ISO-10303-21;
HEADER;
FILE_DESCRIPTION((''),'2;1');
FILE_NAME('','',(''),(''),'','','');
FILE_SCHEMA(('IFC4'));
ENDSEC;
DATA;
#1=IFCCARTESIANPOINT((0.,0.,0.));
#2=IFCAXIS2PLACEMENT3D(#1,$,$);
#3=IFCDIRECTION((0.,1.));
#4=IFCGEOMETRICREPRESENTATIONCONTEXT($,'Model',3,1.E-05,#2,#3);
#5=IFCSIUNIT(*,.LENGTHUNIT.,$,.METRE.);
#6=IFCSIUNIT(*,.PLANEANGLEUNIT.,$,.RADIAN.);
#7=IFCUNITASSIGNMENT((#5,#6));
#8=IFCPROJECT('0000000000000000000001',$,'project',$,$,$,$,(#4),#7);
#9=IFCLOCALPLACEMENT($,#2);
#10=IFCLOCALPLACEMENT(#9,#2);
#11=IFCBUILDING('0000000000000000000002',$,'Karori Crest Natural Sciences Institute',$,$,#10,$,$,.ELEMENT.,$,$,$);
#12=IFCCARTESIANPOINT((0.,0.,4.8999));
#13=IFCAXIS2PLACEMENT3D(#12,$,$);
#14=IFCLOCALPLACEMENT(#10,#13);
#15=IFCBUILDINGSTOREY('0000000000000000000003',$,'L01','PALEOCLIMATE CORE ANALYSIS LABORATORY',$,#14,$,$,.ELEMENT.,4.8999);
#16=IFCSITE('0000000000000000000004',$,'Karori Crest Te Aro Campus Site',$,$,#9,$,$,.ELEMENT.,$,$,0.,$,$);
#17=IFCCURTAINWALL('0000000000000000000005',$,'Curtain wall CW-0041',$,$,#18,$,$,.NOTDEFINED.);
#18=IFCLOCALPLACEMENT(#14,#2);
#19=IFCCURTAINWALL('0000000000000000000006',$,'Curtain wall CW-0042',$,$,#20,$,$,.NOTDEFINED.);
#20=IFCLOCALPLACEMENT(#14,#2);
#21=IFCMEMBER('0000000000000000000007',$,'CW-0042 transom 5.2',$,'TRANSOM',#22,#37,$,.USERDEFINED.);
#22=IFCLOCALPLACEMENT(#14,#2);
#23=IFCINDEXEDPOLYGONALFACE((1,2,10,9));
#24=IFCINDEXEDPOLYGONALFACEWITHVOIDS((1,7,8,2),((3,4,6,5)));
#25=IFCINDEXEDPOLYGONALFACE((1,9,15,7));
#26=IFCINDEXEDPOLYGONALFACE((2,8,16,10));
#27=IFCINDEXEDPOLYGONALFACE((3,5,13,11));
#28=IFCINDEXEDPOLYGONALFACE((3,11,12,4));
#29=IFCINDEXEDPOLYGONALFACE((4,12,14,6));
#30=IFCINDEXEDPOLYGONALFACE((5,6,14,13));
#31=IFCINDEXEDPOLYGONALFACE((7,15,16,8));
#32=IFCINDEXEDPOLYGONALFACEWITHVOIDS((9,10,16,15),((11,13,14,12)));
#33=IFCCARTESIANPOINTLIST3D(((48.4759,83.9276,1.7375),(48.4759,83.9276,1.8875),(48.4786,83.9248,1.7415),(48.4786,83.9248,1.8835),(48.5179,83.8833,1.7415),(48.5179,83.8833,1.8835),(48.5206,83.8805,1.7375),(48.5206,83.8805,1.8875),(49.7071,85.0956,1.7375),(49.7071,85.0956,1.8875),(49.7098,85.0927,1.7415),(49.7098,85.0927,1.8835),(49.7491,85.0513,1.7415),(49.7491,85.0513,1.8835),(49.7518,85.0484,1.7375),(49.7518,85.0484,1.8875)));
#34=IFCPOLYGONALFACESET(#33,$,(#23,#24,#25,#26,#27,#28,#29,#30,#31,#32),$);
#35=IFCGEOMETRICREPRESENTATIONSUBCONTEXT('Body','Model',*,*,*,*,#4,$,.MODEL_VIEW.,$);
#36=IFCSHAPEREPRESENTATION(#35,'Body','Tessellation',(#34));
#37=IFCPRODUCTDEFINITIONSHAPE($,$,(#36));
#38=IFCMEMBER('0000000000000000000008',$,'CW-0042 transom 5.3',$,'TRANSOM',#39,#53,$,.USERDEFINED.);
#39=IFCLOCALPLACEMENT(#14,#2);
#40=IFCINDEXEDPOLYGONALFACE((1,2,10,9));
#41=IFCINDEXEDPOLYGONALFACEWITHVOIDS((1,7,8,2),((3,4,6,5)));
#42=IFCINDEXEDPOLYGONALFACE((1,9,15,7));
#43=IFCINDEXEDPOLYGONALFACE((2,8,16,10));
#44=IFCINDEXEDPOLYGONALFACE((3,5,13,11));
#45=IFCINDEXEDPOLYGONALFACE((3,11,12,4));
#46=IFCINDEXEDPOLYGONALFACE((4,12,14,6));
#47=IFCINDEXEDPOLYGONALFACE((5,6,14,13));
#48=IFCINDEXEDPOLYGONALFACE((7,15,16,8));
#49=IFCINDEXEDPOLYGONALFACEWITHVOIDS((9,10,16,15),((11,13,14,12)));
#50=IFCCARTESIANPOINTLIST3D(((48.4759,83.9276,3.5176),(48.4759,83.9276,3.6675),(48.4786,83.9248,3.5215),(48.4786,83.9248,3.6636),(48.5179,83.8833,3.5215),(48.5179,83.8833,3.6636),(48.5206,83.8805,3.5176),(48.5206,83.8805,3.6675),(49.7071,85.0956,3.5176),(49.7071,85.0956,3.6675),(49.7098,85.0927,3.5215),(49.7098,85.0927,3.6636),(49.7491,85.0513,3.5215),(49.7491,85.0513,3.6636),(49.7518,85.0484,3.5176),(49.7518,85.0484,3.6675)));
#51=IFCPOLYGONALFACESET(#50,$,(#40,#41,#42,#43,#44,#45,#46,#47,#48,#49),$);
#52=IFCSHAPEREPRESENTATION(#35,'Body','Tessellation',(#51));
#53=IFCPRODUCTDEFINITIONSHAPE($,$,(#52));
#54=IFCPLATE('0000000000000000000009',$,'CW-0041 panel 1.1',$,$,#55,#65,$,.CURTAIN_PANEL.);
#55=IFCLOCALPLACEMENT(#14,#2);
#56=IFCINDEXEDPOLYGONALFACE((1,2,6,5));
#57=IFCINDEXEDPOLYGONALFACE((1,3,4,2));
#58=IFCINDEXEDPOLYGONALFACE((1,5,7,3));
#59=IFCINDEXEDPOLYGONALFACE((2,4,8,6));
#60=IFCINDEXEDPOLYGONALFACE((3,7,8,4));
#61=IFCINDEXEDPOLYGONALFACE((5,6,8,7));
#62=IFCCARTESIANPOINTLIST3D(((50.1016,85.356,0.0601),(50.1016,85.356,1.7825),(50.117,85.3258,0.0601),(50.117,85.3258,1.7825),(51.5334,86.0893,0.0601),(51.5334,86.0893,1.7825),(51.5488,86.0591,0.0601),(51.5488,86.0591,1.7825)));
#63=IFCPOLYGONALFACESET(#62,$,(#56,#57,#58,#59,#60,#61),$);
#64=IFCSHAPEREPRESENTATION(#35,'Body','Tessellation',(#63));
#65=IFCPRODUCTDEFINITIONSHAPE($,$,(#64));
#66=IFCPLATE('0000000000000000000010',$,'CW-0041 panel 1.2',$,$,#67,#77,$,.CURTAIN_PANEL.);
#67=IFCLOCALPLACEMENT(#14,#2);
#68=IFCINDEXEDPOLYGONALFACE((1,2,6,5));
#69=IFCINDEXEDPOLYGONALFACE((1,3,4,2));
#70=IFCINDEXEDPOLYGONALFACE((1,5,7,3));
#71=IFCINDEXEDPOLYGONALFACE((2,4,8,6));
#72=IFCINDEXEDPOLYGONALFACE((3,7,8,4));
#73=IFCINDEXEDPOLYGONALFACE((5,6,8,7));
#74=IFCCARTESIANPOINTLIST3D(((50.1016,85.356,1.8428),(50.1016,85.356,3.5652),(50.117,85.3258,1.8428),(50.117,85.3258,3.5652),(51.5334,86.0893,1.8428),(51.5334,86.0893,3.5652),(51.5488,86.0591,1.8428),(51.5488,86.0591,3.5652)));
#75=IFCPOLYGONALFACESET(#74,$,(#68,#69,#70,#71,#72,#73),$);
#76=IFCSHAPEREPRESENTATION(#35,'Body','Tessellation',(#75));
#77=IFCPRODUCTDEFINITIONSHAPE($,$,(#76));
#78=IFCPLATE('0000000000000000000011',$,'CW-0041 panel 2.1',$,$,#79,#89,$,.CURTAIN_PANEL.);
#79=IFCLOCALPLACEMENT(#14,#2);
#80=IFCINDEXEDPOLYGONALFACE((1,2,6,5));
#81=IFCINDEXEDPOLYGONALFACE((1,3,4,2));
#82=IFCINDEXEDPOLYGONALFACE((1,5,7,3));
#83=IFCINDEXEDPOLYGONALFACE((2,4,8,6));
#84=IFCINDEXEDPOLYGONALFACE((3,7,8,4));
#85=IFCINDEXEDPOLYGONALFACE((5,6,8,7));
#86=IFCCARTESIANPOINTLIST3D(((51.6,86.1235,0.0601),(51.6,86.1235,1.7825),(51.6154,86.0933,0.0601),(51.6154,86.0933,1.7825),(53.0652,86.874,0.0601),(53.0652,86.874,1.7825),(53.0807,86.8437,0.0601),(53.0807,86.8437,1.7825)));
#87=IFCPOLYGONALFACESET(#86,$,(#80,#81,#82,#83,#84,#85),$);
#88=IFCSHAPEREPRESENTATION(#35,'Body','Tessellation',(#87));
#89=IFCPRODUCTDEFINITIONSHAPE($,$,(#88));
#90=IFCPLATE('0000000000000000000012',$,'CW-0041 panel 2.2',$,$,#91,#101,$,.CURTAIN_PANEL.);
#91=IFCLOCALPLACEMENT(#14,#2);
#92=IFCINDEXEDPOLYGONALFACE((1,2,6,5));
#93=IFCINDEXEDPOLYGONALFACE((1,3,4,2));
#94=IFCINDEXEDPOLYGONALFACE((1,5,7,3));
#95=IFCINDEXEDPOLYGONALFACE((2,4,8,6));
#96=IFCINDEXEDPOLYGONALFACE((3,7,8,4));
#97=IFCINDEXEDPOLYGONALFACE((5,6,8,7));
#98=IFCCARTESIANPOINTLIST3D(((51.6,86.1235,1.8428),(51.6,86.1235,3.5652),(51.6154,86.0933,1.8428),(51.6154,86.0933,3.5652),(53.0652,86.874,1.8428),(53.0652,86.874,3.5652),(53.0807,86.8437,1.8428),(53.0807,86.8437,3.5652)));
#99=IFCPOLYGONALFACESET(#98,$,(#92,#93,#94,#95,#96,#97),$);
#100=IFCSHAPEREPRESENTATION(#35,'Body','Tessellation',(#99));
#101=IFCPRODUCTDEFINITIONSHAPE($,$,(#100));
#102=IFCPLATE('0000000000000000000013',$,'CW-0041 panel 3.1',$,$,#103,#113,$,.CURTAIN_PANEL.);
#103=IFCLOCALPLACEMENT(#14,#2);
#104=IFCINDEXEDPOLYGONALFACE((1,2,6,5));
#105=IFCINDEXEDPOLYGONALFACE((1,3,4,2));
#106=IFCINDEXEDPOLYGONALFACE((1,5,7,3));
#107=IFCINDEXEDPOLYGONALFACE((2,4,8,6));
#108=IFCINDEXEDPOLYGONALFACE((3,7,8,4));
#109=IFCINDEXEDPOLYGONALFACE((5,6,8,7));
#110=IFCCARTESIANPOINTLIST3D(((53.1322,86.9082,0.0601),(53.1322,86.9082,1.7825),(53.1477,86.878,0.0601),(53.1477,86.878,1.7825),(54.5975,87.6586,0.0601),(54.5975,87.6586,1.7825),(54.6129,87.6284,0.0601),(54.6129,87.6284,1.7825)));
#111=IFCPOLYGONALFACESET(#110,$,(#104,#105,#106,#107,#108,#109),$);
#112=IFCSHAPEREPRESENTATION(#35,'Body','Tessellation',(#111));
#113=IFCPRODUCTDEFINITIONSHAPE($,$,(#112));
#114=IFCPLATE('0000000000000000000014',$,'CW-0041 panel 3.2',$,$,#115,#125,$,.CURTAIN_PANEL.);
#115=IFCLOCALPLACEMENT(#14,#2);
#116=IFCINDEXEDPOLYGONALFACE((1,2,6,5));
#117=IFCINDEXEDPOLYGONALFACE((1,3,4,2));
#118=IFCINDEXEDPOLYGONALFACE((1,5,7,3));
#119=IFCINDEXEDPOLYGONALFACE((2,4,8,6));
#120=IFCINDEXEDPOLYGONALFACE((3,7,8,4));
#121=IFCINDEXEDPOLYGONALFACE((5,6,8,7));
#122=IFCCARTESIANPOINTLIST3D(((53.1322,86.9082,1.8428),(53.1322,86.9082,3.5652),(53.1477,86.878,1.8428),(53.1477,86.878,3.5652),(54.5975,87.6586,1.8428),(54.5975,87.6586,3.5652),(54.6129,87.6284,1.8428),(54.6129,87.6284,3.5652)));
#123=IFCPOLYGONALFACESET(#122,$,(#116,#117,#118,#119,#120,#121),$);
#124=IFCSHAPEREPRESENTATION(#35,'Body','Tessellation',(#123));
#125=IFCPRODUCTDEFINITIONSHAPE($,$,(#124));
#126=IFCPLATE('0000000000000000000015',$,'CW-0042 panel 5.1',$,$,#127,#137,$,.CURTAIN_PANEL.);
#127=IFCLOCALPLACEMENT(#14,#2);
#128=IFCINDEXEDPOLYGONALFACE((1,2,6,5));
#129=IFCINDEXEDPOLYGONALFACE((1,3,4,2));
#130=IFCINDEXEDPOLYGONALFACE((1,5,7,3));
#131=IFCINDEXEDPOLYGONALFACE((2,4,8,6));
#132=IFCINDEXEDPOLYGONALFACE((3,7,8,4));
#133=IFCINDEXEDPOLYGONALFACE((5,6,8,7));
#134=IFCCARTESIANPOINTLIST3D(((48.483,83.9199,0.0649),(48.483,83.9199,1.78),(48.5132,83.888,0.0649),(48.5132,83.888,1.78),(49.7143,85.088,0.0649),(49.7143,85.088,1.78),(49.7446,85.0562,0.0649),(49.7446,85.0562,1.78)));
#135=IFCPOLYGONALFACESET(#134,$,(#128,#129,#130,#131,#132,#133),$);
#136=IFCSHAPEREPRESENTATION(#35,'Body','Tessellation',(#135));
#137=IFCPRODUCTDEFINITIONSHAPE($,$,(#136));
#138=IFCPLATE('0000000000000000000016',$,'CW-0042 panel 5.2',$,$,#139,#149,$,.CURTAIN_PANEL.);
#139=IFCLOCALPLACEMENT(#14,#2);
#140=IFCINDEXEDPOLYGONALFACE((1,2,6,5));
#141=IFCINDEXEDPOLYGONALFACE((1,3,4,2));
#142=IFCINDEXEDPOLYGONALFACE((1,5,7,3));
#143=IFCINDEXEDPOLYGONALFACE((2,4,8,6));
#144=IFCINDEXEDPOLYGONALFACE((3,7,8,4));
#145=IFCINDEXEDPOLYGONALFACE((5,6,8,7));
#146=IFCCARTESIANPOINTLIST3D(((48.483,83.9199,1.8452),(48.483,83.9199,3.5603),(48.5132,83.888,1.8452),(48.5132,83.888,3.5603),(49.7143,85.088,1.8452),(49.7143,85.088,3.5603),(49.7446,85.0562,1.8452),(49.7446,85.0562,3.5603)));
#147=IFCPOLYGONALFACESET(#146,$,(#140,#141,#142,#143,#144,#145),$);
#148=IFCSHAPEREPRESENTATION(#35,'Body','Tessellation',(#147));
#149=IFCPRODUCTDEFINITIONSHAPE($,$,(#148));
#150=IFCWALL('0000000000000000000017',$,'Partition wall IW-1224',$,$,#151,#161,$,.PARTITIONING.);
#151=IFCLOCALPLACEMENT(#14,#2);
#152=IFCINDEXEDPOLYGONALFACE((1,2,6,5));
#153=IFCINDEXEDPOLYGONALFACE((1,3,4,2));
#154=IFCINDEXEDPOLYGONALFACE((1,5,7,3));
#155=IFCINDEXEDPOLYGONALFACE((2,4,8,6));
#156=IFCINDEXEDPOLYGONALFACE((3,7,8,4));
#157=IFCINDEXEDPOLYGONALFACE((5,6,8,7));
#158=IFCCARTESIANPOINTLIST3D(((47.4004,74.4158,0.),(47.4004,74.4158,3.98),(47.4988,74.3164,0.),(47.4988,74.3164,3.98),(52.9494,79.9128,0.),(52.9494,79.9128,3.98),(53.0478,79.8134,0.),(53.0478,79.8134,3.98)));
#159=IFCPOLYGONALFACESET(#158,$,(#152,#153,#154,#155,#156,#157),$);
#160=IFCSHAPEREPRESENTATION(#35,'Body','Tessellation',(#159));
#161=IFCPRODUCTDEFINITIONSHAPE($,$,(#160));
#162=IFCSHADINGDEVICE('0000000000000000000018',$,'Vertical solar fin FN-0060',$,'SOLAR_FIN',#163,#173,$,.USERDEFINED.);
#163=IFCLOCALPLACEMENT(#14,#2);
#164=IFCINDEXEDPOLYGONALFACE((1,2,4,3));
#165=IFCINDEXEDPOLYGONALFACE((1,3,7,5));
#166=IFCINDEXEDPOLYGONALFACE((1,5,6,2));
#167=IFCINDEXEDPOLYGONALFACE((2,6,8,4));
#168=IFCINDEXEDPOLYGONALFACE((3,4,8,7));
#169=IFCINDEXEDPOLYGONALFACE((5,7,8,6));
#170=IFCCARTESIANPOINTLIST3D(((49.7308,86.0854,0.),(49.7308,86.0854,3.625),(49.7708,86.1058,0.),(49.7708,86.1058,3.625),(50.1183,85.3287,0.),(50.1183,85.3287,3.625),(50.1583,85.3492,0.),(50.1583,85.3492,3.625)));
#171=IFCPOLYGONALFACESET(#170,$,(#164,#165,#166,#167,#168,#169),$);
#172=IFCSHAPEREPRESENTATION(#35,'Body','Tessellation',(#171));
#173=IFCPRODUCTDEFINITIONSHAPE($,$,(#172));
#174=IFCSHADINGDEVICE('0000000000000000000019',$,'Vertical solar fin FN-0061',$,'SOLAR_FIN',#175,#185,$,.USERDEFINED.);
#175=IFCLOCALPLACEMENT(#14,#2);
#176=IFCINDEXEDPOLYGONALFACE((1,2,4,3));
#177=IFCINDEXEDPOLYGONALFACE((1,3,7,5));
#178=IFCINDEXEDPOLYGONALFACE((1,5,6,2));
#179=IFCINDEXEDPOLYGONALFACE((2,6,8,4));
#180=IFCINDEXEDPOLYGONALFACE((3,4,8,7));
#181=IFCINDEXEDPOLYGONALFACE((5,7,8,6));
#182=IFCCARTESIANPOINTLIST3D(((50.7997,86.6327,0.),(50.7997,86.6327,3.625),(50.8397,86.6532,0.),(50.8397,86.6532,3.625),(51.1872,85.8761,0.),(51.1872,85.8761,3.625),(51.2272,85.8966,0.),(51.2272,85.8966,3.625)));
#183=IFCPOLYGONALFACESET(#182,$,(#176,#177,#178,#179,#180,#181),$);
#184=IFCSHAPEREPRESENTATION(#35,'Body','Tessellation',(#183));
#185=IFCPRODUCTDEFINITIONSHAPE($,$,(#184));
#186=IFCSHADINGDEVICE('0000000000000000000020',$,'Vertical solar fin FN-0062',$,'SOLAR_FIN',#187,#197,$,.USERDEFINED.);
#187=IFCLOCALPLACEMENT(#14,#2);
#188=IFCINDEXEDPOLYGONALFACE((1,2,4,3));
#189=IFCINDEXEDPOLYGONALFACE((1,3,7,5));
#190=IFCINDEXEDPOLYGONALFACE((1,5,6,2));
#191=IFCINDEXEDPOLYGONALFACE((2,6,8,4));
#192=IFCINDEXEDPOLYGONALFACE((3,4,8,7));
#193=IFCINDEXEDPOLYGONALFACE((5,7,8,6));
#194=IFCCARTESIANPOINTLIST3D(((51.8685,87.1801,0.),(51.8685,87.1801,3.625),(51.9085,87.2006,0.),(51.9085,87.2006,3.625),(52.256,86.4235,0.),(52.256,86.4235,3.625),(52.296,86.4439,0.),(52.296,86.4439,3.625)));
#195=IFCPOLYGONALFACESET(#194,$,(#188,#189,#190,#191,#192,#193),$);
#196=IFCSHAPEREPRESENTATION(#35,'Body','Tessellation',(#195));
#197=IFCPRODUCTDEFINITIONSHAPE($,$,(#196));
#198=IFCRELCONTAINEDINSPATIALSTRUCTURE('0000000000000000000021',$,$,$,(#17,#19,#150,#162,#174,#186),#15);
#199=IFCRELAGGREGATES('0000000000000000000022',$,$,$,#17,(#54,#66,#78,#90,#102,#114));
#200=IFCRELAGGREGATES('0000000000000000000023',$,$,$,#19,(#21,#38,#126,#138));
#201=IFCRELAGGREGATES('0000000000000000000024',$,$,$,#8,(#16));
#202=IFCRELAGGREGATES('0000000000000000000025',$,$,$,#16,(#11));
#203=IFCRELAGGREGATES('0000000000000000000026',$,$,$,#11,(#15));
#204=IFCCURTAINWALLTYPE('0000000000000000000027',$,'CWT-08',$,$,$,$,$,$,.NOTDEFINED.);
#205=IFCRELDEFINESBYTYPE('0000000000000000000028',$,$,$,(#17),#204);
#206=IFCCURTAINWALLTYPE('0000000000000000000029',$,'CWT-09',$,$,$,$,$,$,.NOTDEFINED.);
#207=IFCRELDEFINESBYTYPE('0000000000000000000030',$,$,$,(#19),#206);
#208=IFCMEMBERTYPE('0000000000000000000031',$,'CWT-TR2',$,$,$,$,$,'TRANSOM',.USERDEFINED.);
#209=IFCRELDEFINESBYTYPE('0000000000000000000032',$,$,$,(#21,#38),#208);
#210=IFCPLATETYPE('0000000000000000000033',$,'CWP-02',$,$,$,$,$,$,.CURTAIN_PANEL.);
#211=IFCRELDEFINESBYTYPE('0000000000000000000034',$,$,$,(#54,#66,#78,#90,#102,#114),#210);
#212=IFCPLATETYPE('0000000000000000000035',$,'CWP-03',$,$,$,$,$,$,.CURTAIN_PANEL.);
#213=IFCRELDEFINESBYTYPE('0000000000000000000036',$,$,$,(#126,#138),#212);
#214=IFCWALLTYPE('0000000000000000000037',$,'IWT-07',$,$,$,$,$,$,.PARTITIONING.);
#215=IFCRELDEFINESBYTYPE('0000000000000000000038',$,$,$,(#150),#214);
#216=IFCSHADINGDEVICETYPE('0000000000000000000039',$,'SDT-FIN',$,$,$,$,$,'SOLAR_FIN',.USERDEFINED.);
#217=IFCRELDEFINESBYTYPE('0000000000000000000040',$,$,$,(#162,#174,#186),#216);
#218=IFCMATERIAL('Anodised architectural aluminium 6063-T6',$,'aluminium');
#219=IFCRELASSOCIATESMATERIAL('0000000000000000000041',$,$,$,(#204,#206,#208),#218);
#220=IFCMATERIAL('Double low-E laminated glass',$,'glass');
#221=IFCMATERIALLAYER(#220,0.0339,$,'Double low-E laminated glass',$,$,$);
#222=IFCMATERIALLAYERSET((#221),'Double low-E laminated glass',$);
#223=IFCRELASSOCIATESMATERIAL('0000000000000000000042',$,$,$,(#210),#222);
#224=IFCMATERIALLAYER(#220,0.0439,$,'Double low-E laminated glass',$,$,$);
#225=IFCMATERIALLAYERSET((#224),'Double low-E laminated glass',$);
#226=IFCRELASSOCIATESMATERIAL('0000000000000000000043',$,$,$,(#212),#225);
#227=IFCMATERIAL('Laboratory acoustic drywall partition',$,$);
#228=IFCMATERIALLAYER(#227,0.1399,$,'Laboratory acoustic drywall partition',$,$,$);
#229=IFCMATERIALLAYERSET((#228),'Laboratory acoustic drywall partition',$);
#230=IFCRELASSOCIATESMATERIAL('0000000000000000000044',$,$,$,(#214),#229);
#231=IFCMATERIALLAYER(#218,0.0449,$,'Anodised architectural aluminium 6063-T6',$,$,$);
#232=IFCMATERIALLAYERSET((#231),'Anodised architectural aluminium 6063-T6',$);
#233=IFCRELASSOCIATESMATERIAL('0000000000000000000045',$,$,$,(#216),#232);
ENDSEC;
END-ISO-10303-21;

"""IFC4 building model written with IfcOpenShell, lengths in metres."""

from ifc_helpers import new_model, si_unit, direction, frame, frame_2d, origin, origin_2d, place, context, subcontext, project, spatial, rectangle, hollow_rectangle, extrude, material, layer, layer_set, material_profile, profile_set, type_object, element, aggregate, save


model = new_model("IFC4")

# Units and contexts
model_context = context("Model", 3, precision=1e-05, world=origin(), true_north=direction((0.0, 1.0)))
body_context = subcontext(model_context, "Body", "Model", "MODEL_VIEW")
ifc_project = project(units=[si_unit("LENGTHUNIT", "METRE"), si_unit("PLANEANGLEUNIT", "RADIAN")], contexts=[model_context])

# Site, building, storey
site_placement = place(None, origin())
site = spatial("IfcSite", under=ifc_project, at=site_placement, Name="Karori Crest Te Aro Campus Site", CompositionType="ELEMENT", RefElevation=0.0)
building_placement = place(site_placement, origin())
building = spatial("IfcBuilding", under=site, at=building_placement, Name="Karori Crest Natural Sciences Institute", CompositionType="ELEMENT")
storey_placement = place(building_placement, frame((0.0, 0.0, 4.8999)))
storey = spatial("IfcBuildingStorey", under=building, at=storey_placement, Name="L01", Description="PALEOCLIMATE CORE ANALYSIS LABORATORY", CompositionType="ELEMENT", Elevation=4.8999)

# Shared definitions
ifc_material_1 = material(Name="Anodised architectural aluminium 6063-T6", Category="aluminium")

# Curtain wall
curtain_wall_type_1 = type_object("IfcCurtainWallType", Name="CWT-08", PredefinedType="NOTDEFINED", material=ifc_material_1)
curtain_wall_1_placement = place(storey_placement, origin())
curtain_wall_1 = element("IfcCurtainWall", 1, at=curtain_wall_1_placement, inside=storey, type_object=curtain_wall_type_1, Name="Curtain wall CW-0041", PredefinedType="NOTDEFINED")

# Curtain wall
curtain_wall_type_2 = type_object("IfcCurtainWallType", Name="CWT-09", PredefinedType="NOTDEFINED", material=ifc_material_1)
curtain_wall_2_placement = place(storey_placement, origin())
curtain_wall_2 = element("IfcCurtainWall", 2, at=curtain_wall_2_placement, inside=storey, type_object=curtain_wall_type_2, Name="Curtain wall CW-0042", PredefinedType="NOTDEFINED")

# Members
ifc_material_profile_1 = material_profile(ifc_material_1, hollow_rectangle(XDim=0.0649, YDim=0.1499, WallThickness=0.0039, at=origin_2d()), Name="CWT150x65x4")
ifc_profile_set_1 = profile_set([ifc_material_profile_1], Name="Anodised architectural aluminium 6063-T6")
member_type_1 = type_object("IfcMemberType", Name="CWT-TR2", ElementType="TRANSOM", PredefinedType="USERDEFINED", material=ifc_profile_set_1)
member_1_placement = place(storey_placement, frame((48.4983, 83.9041, 1.8125), z_axis=(0.725491, 0.688231, 0.0), x_axis=(-0.688231, 0.725491, 0.0)))
member_1 = element("IfcMember", 3, at=member_1_placement, type_object=member_type_1, Name="CW-0042 transom 5.2", ObjectType="TRANSOM", PredefinedType="USERDEFINED", context=body_context, shape_type="SweptSolid", body=[
    extrude(hollow_rectangle(XDim=0.0649, YDim=0.1499, WallThickness=0.0039, at=origin_2d()), origin(), (0.0, 0.0, 1.0), 1.697),
])
member_2_placement = place(storey_placement, frame((48.4983, 83.9041, 3.5925), z_axis=(0.725491, 0.688231, 0.0), x_axis=(-0.688231, 0.725491, 0.0)))
member_2 = element("IfcMember", 4, at=member_2_placement, type_object=member_type_1, Name="CW-0042 transom 5.3", ObjectType="TRANSOM", PredefinedType="USERDEFINED", context=body_context, shape_type="SweptSolid", body=[
    extrude(hollow_rectangle(XDim=0.0649, YDim=0.1499, WallThickness=0.0039, at=origin_2d()), origin(), (0.0, 0.0, 1.0), 1.697),
])

# Plates
ifc_material_2 = material(Name="Double low-E laminated glass", Category="glass")
ifc_layer_1 = layer(ifc_material_2, 0.0339, Name="Double low-E laminated glass")
ifc_layer_set_1 = layer_set([ifc_layer_1], Name="Double low-E laminated glass")
plate_type_1 = type_object("IfcPlateType", Name="CWP-02", PredefinedType="CURTAIN_PANEL", material=ifc_layer_set_1)
plate_1_placement = place(storey_placement, frame((50.8252, 85.7075, 0.0601), z_axis=(0.0, 0.0, 1.0), x_axis=(0.890065, 0.455833, 0.0)))
plate_1 = element("IfcPlate", 5, at=plate_1_placement, type_object=plate_type_1, Name="CW-0041 panel 1.1", PredefinedType="CURTAIN_PANEL", context=body_context, shape_type="SweptSolid", body=[
    extrude(rectangle(XDim=1.6086, YDim=0.0339, at=origin_2d()), origin(), (0.0, 0.0, 1.0), 1.7224),
])
plate_2_placement = place(storey_placement, frame((50.8252, 85.7075, 1.8428), z_axis=(0.0, 0.0, 1.0), x_axis=(0.890065, 0.455833, 0.0)))
plate_2 = element("IfcPlate", 6, at=plate_2_placement, type_object=plate_type_1, Name="CW-0041 panel 1.2", PredefinedType="CURTAIN_PANEL", context=body_context, shape_type="SweptSolid", body=[
    extrude(rectangle(XDim=1.6086, YDim=0.0339, at=origin_2d()), origin(), (0.0, 0.0, 1.0), 1.7224),
])
plate_3_placement = place(storey_placement, frame((52.3403, 86.4836, 0.0601), z_axis=(0.0, 0.0, 1.0), x_axis=(0.890065, 0.455833, 0.0)))
plate_3 = element("IfcPlate", 7, at=plate_3_placement, type_object=plate_type_1, Name="CW-0041 panel 2.1", PredefinedType="CURTAIN_PANEL", context=body_context, shape_type="SweptSolid", body=[
    extrude(rectangle(XDim=1.6462, YDim=0.0339, at=origin_2d()), origin(), (0.0, 0.0, 1.0), 1.7224),
])
plate_4_placement = place(storey_placement, frame((52.3403, 86.4836, 1.8428), z_axis=(0.0, 0.0, 1.0), x_axis=(0.890065, 0.455833, 0.0)))
plate_4 = element("IfcPlate", 8, at=plate_4_placement, type_object=plate_type_1, Name="CW-0041 panel 2.2", PredefinedType="CURTAIN_PANEL", context=body_context, shape_type="SweptSolid", body=[
    extrude(rectangle(XDim=1.6462, YDim=0.0339, at=origin_2d()), origin(), (0.0, 0.0, 1.0), 1.7224),
])
plate_5_placement = place(storey_placement, frame((53.8726, 87.2683, 0.0601), z_axis=(0.0, 0.0, 1.0), x_axis=(0.890065, 0.455833, 0.0)))
plate_5 = element("IfcPlate", 9, at=plate_5_placement, type_object=plate_type_1, Name="CW-0041 panel 3.1", PredefinedType="CURTAIN_PANEL", context=body_context, shape_type="SweptSolid", body=[
    extrude(rectangle(XDim=1.6462, YDim=0.0339, at=origin_2d()), origin(), (0.0, 0.0, 1.0), 1.7224),
])
plate_6_placement = place(storey_placement, frame((53.8726, 87.2683, 1.8428), z_axis=(0.0, 0.0, 1.0), x_axis=(0.890065, 0.455833, 0.0)))
plate_6 = element("IfcPlate", 10, at=plate_6_placement, type_object=plate_type_1, Name="CW-0041 panel 3.2", PredefinedType="CURTAIN_PANEL", context=body_context, shape_type="SweptSolid", body=[
    extrude(rectangle(XDim=1.6462, YDim=0.0339, at=origin_2d()), origin(), (0.0, 0.0, 1.0), 1.7224),
])
aggregate(curtain_wall_1, [plate_1, plate_2, plate_3, plate_4, plate_5, plate_6])
ifc_layer_2 = layer(ifc_material_2, 0.0439, Name="Double low-E laminated glass")
ifc_layer_set_2 = layer_set([ifc_layer_2], Name="Double low-E laminated glass")
plate_type_2 = type_object("IfcPlateType", Name="CWP-03", PredefinedType="CURTAIN_PANEL", material=ifc_layer_set_2)
plate_7_placement = place(storey_placement, frame((49.1138, 84.488, 0.0649), z_axis=(0.0, 0.0, 1.0), x_axis=(0.725473, 0.688251, 0.0)))
plate_7 = element("IfcPlate", 11, at=plate_7_placement, type_object=plate_type_2, Name="CW-0042 panel 5.1", PredefinedType="CURTAIN_PANEL", context=body_context, shape_type="SweptSolid", body=[
    extrude(rectangle(XDim=1.6973, YDim=0.0439, at=origin_2d()), origin(), (0.0, 0.0, 1.0), 1.7151),
])
plate_8_placement = place(storey_placement, frame((49.1138, 84.488, 1.8452), z_axis=(0.0, 0.0, 1.0), x_axis=(0.725473, 0.688251, 0.0)))
plate_8 = element("IfcPlate", 12, at=plate_8_placement, type_object=plate_type_2, Name="CW-0042 panel 5.2", PredefinedType="CURTAIN_PANEL", context=body_context, shape_type="SweptSolid", body=[
    extrude(rectangle(XDim=1.6973, YDim=0.0439, at=origin_2d()), origin(), (0.0, 0.0, 1.0), 1.7151),
])
aggregate(curtain_wall_2, [member_1, member_2, plate_7, plate_8])

# Wall
ifc_material_3 = material(Name="Laboratory acoustic drywall partition")
ifc_layer_3 = layer(ifc_material_3, 0.1399, Name="Laboratory acoustic drywall partition")
ifc_layer_set_3 = layer_set([ifc_layer_3], Name="Laboratory acoustic drywall partition")
wall_type = type_object("IfcWallType", Name="IWT-07", PredefinedType="PARTITIONING", material=ifc_layer_set_3)
wall_placement = place(storey_placement, frame((52.9985, 79.863, 0.0), z_axis=(0.0, 0.0, 1.0), x_axis=(-0.710428, -0.70377, 0.0)))
element("IfcWall", 13, at=wall_placement, inside=storey, type_object=wall_type, Name="Partition wall IW-1224", PredefinedType="PARTITIONING", context=body_context, shape_type="SweptSolid", body=[
    extrude(rectangle(XDim=7.8108, YDim=0.1399, at=frame_2d((3.9053, 0.0))), origin(), (0.0, 0.0, 1.0), 3.98),
])

# Shading devices
ifc_layer_4 = layer(ifc_material_1, 0.0449, Name="Anodised architectural aluminium 6063-T6")
ifc_layer_set_4 = layer_set([ifc_layer_4], Name="Anodised architectural aluminium 6063-T6")
shading_device_type = type_object("IfcShadingDeviceType", Name="SDT-FIN", ElementType="SOLAR_FIN", PredefinedType="USERDEFINED", material=ifc_layer_set_4)
for number, where, z_axis, x_axis, name in (
    (14, (49.9446, 85.7173, 0.0), (0.0, 0.0, 1.0), (-0.455832, 0.890066, 0.0), "Vertical solar fin FN-0060"),
    (15, (51.0134, 86.2646, 0.0), (0.0, 0.0, 1.0), (-0.455832, 0.890066, 0.0), "Vertical solar fin FN-0061"),
    (16, (52.0823, 86.812, 0.0), (0.0, 0.0, 1.0), (-0.455832, 0.890066, 0.0), "Vertical solar fin FN-0062"),
):
    element("IfcShadingDevice", number, at=place(storey_placement, frame(where, z_axis=z_axis, x_axis=x_axis)), inside=storey, type_object=shading_device_type, Name=name, ObjectType="SOLAR_FIN", PredefinedType="USERDEFINED", context=body_context, shape_type="SweptSolid", body=[
        extrude(rectangle(XDim=0.8501, YDim=0.0449, at=origin_2d()), origin(), (0.0, 0.0, 1.0), 3.625),
    ])

save(model, "model.ifc")
